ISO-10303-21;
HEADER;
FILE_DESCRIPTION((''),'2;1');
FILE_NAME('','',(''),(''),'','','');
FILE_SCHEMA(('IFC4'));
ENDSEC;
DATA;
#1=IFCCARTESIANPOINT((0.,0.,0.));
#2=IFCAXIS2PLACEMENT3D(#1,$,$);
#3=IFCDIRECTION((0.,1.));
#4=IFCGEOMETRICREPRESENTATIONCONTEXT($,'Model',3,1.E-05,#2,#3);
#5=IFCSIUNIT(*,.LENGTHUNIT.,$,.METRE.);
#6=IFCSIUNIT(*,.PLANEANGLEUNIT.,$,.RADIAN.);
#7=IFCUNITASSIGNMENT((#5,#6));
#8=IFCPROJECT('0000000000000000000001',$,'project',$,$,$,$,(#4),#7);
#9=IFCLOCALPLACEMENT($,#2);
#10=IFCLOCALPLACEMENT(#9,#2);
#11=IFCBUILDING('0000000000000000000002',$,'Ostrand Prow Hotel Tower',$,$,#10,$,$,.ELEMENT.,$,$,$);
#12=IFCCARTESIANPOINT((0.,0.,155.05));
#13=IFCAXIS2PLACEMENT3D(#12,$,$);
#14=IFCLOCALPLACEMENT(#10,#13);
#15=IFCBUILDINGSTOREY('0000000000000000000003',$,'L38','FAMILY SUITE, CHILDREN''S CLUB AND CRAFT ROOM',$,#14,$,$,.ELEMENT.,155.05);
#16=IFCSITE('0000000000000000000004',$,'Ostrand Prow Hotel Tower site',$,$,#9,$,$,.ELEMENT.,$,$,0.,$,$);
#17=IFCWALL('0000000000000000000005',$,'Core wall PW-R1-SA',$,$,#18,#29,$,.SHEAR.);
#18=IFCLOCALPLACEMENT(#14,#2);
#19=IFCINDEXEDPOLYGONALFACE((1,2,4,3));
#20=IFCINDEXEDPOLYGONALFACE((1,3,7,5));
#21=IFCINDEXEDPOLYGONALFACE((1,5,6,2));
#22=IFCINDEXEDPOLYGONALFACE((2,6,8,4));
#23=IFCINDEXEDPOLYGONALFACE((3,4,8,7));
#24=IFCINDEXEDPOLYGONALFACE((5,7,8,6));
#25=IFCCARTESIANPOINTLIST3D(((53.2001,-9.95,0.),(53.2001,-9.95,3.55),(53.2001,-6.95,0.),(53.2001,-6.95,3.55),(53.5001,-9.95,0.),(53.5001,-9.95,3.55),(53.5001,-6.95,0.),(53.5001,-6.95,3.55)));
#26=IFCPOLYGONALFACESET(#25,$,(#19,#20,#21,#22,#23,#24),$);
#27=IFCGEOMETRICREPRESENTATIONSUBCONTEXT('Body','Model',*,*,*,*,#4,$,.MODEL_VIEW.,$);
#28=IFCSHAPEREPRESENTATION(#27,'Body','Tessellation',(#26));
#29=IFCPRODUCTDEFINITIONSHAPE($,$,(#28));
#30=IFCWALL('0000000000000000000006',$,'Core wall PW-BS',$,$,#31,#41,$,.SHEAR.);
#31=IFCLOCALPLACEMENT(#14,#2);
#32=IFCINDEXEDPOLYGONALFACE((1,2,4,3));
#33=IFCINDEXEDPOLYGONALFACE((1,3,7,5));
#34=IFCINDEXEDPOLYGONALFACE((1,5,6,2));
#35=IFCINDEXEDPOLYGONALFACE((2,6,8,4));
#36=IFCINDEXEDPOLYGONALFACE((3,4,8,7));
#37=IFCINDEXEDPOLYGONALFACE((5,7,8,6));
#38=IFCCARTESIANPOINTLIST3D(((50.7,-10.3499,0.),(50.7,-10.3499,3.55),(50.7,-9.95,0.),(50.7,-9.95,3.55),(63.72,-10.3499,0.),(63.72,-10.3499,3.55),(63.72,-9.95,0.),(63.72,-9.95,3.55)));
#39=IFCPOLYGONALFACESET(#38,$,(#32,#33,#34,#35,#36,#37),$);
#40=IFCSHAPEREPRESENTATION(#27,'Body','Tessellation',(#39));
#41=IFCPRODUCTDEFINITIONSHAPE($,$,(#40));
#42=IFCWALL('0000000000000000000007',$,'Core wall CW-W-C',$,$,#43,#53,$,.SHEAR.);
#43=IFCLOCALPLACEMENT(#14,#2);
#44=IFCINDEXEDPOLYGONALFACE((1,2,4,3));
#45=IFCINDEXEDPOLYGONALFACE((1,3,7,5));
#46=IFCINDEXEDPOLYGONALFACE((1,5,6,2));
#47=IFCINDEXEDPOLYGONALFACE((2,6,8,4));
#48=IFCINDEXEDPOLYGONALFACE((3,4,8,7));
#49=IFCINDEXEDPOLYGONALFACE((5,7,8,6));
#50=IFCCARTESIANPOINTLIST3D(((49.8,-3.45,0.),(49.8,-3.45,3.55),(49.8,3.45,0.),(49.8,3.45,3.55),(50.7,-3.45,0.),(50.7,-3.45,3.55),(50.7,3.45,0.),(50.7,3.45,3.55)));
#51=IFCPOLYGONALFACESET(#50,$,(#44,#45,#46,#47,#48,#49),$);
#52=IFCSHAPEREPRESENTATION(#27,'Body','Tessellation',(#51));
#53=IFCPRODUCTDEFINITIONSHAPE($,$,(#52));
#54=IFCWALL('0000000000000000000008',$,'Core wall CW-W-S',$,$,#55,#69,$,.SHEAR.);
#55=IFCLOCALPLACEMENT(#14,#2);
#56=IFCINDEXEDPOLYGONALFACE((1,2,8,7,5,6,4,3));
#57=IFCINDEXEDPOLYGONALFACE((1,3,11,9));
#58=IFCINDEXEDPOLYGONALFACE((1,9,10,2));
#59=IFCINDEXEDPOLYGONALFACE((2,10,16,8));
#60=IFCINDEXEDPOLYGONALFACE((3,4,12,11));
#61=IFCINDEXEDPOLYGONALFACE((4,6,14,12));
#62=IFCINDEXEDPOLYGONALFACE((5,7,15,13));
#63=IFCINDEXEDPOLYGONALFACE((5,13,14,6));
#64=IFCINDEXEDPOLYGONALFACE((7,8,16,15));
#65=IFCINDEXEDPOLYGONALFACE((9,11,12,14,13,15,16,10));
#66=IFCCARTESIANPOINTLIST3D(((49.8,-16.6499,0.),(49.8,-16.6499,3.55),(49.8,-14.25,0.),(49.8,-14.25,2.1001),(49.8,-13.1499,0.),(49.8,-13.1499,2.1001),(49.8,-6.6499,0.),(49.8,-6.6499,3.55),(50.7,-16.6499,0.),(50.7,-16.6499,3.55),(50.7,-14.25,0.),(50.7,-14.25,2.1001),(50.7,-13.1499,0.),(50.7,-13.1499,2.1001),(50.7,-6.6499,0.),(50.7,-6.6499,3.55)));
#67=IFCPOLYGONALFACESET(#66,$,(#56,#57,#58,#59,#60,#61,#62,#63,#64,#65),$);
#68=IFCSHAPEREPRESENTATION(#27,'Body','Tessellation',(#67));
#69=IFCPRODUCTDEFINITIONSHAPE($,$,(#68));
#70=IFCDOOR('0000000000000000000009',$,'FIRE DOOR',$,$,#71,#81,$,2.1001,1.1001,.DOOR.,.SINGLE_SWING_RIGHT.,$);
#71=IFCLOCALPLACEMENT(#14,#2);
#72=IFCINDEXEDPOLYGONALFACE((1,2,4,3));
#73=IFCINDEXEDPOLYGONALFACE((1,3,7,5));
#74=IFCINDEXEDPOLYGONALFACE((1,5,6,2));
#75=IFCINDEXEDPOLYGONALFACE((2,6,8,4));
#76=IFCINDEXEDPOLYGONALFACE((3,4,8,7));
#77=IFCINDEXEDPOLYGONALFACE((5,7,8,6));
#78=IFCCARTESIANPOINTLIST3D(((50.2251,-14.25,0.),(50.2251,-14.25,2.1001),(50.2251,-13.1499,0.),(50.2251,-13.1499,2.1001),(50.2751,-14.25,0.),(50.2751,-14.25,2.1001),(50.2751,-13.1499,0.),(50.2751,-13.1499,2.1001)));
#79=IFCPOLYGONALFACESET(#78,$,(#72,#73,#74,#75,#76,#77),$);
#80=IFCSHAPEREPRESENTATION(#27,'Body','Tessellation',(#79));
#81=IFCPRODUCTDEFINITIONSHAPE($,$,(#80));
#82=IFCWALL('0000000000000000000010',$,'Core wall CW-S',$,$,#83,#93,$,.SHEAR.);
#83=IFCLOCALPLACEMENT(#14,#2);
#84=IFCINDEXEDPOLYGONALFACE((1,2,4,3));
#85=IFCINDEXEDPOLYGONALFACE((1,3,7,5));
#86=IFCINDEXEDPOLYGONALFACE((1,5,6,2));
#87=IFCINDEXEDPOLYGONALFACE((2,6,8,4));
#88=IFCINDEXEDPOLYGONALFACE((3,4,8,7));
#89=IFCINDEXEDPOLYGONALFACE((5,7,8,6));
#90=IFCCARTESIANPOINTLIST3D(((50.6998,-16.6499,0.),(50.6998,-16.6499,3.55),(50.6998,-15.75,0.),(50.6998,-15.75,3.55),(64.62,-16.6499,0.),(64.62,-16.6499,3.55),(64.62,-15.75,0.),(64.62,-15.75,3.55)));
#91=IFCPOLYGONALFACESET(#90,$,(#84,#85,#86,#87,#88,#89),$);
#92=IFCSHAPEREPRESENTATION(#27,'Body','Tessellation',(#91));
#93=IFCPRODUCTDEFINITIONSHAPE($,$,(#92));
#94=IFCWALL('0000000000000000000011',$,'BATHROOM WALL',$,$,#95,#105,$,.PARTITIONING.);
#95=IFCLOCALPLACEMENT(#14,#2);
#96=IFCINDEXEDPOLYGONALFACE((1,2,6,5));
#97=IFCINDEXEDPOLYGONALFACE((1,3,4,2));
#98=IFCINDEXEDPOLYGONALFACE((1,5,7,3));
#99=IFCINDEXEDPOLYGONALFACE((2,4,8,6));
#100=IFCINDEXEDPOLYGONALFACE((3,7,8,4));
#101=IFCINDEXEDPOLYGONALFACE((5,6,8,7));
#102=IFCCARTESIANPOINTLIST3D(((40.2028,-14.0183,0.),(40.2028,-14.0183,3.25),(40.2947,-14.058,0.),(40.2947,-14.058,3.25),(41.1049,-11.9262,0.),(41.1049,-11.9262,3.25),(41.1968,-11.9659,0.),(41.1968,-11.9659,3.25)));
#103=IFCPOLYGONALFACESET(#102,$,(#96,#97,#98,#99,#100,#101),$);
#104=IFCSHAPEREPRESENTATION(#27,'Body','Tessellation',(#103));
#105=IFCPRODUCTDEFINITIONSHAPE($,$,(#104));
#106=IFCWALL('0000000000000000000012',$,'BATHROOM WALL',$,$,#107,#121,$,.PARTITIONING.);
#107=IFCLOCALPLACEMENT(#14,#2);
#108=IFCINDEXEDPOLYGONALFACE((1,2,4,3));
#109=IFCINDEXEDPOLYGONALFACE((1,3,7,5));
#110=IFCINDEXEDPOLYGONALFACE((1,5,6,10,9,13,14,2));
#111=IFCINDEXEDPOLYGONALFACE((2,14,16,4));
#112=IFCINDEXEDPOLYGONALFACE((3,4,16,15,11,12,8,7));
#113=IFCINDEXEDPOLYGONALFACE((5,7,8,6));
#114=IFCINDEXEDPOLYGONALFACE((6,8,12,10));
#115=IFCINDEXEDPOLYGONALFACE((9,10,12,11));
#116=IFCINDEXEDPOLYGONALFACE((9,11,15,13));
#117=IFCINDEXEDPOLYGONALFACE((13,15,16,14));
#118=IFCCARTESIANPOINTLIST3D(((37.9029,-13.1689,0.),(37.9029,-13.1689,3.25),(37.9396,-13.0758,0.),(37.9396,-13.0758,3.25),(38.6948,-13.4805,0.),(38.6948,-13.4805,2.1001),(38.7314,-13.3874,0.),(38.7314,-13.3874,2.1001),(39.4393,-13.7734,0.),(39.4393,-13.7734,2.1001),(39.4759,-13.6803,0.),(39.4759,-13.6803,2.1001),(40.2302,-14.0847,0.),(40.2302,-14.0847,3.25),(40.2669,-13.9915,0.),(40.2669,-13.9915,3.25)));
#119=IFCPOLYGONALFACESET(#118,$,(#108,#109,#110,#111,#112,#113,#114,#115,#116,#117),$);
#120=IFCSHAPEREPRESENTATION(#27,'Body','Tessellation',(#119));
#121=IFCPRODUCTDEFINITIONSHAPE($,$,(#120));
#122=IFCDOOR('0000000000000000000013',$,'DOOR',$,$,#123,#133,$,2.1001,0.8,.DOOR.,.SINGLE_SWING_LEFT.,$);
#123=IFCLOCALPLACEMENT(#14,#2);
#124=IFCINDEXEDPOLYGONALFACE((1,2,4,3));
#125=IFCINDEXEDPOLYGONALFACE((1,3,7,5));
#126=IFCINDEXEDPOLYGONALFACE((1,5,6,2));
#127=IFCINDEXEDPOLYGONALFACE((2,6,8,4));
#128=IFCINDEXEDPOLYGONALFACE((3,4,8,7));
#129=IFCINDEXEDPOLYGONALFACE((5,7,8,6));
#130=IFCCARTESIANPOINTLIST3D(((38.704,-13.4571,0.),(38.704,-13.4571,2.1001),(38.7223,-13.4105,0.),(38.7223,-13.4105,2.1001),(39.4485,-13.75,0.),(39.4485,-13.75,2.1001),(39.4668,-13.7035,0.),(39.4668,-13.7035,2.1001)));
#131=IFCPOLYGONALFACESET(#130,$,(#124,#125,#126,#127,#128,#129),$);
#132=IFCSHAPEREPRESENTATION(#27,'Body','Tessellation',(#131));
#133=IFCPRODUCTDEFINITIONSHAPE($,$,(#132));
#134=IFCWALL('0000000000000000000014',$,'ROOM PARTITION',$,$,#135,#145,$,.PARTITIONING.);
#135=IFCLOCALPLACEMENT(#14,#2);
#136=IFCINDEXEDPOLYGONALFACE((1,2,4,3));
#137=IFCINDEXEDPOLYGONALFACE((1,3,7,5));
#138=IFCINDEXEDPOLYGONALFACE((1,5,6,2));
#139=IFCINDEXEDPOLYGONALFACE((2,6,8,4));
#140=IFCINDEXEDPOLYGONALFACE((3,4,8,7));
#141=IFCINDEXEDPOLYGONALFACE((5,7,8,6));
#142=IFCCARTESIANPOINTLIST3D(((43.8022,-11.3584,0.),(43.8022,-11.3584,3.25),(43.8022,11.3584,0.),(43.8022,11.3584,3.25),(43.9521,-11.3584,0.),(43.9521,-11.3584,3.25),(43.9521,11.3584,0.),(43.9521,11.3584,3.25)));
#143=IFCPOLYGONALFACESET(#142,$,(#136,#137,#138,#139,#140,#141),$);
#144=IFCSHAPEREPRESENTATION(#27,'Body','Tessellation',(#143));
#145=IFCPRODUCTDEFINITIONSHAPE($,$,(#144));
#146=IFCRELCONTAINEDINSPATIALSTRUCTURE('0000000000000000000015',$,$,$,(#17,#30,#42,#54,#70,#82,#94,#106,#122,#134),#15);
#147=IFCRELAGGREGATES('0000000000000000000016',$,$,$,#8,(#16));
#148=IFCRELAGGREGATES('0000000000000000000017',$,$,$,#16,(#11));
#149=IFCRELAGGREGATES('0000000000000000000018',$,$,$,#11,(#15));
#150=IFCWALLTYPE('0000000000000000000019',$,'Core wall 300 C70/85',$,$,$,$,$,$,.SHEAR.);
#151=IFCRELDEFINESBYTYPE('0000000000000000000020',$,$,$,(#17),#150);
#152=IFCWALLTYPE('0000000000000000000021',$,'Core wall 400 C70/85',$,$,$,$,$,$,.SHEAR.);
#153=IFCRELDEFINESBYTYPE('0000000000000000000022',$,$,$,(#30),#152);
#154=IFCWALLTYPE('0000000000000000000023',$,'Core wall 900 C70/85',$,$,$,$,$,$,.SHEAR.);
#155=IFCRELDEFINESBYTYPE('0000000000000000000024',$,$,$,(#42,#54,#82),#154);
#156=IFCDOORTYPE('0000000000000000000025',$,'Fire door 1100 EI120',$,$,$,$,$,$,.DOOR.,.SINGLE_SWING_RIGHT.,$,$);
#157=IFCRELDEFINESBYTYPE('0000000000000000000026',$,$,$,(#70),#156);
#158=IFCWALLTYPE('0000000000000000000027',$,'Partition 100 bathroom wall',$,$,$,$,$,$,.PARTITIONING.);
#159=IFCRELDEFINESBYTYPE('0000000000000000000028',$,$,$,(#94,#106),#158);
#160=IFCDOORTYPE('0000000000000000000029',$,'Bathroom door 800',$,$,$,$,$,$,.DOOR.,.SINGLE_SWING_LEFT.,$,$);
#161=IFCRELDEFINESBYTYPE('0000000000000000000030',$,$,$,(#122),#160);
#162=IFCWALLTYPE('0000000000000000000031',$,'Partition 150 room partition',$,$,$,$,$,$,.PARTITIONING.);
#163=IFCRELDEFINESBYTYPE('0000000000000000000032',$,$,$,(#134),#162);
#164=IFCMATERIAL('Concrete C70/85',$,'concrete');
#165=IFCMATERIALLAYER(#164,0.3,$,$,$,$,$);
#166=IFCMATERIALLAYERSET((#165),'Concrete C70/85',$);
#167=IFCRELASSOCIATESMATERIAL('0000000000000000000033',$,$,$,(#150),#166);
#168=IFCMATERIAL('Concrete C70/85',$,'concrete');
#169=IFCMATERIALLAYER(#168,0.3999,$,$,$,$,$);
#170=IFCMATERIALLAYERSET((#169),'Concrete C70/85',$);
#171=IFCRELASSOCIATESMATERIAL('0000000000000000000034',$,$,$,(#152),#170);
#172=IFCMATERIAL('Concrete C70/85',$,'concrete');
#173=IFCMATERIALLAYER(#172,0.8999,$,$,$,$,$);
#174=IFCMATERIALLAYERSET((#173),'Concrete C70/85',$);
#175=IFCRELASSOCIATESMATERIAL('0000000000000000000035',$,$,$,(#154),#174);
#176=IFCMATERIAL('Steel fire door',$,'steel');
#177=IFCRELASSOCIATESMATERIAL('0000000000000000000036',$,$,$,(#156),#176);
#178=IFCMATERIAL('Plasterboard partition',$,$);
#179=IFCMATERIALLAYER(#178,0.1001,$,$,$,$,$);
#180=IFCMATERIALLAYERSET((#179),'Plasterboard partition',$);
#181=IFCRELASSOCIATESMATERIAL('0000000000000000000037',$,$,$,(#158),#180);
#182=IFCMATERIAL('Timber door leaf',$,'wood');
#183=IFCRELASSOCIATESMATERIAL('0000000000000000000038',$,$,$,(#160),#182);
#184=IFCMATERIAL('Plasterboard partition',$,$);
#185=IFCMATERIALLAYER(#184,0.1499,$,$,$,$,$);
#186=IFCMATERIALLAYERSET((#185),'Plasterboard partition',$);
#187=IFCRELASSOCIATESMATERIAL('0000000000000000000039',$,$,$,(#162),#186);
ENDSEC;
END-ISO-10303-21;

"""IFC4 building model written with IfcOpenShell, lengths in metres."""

from ifc_helpers import new_model, si_unit, direction, frame, frame_2d, origin, place, context, subcontext, project, spatial, rectangle, extrude, material, layer, layer_set, type_object, element, fill, save


model = new_model("IFC4")

# Units and contexts
model_context = context("Model", 3, precision=1e-05, world=origin(), true_north=direction((0.0, 1.0)))
body_context = subcontext(model_context, "Body", "Model", "MODEL_VIEW")
ifc_project = project(units=[si_unit("LENGTHUNIT", "METRE"), si_unit("PLANEANGLEUNIT", "RADIAN")], contexts=[model_context])

# Site, building, storey
site_placement = place(None, origin())
site = spatial("IfcSite", under=ifc_project, at=site_placement, Name="Ostrand Prow Hotel Tower site", CompositionType="ELEMENT", RefElevation=0.0)
building_placement = place(site_placement, origin())
building = spatial("IfcBuilding", under=site, at=building_placement, Name="Ostrand Prow Hotel Tower", CompositionType="ELEMENT")
storey_placement = place(building_placement, frame((0.0, 0.0, 155.05)))
storey = spatial("IfcBuildingStorey", under=building, at=storey_placement, Name="L38", Description="FAMILY SUITE, CHILDREN'S CLUB AND CRAFT ROOM", CompositionType="ELEMENT", Elevation=155.05)

# Shared definitions
ifc_material_1 = material(Name="Concrete C70/85", Category="concrete")
ifc_layer_1 = layer(ifc_material_1, 0.3)
ifc_layer_set_1 = layer_set([ifc_layer_1], Name="Concrete C70/85")
wall_type_1 = type_object("IfcWallType", Name="Core wall 300 C70/85", PredefinedType="SHEAR", material=ifc_layer_set_1)

# Walls
for number, where, z_axis, x_axis, name in (
    (1, (53.3501, -9.95, 0.0), (0.0, 0.0, 1.0), (0.0, 1.0, 0.0), "Core wall PW-R1-SA"),
):
    element("IfcWall", number, at=place(storey_placement, frame(where, z_axis=z_axis, x_axis=x_axis)), inside=storey, type_object=wall_type_1, Name=name, PredefinedType="SHEAR", context=body_context, shape_type="SweptSolid", body=[
        extrude(rectangle(XDim=3.0, YDim=0.3, at=frame_2d((1.5, 0.0))), origin(), (0.0, 0.0, 1.0), 3.55),
    ])
ifc_material_2 = material(Name="Concrete C70/85", Category="concrete")
ifc_layer_2 = layer(ifc_material_2, 0.3999)
ifc_layer_set_2 = layer_set([ifc_layer_2], Name="Concrete C70/85")
wall_type_2 = type_object("IfcWallType", Name="Core wall 400 C70/85", PredefinedType="SHEAR", material=ifc_layer_set_2)
wall_1_placement = place(storey_placement, frame((50.7, -10.1499, 0.0), z_axis=(0.0, 0.0, 1.0), x_axis=(1.0, 0.0, 0.0)))
element("IfcWall", 2, at=wall_1_placement, inside=storey, type_object=wall_type_2, Name="Core wall PW-BS", PredefinedType="SHEAR", context=body_context, shape_type="SweptSolid", body=[
    extrude(rectangle(XDim=13.02, YDim=0.3999, at=frame_2d((6.51, 0.0))), origin(), (0.0, 0.0, 1.0), 3.55),
])
ifc_material_3 = material(Name="Concrete C70/85", Category="concrete")
ifc_layer_3 = layer(ifc_material_3, 0.8999)
ifc_layer_set_3 = layer_set([ifc_layer_3], Name="Concrete C70/85")
wall_type_3 = type_object("IfcWallType", Name="Core wall 900 C70/85", PredefinedType="SHEAR", material=ifc_layer_set_3)
wall_2_placement = place(storey_placement, frame((50.25, -3.45, 0.0), z_axis=(0.0, 0.0, 1.0), x_axis=(0.0, 1.0, 0.0)))
element("IfcWall", 3, at=wall_2_placement, inside=storey, type_object=wall_type_3, Name="Core wall CW-W-C", PredefinedType="SHEAR", context=body_context, shape_type="SweptSolid", body=[
    extrude(rectangle(XDim=6.8999, YDim=0.8999, at=frame_2d((3.45, 0.0))), origin(), (0.0, 0.0, 1.0), 3.55),
])

# Wall, opening, door
wall_3_placement = place(storey_placement, frame((50.25, -16.6499, 0.0), z_axis=(0.0, 0.0, 1.0), x_axis=(0.0, 1.0, 0.0)))
wall_3 = element("IfcWall", 4, at=wall_3_placement, inside=storey, type_object=wall_type_3, Name="Core wall CW-W-S", PredefinedType="SHEAR", context=body_context, shape_type="SweptSolid", body=[
    extrude(rectangle(XDim=10.0, YDim=0.8999, at=frame_2d((5.0, 0.0))), origin(), (0.0, 0.0, 1.0), 3.55),
])
opening_1_placement = place(wall_3_placement, frame((2.3999, 0.0, 0.0)))
opening_1 = element("IfcOpeningElement", 5, at=opening_1_placement, cuts=wall_3, PredefinedType="OPENING", context=body_context, shape_type="SweptSolid", body=[
    extrude(rectangle(XDim=1.1001, YDim=2.1001, at=frame_2d((0.55, 1.05))), frame((0.0, 0.46, 0.0), z_axis=(0.0, -1.0, 0.0), x_axis=(1.0, 0.0, 0.0)), (0.0, 0.0, 1.0), 0.9199),
])
ifc_material_4 = material(Name="Steel fire door", Category="steel")
door_type_1 = type_object("IfcDoorType", Name="Fire door 1100 EI120", OperationType="SINGLE_SWING_RIGHT", PredefinedType="DOOR", material=ifc_material_4)
door_1_placement = place(opening_1_placement, origin())
door_1 = element("IfcDoor", 6, at=door_1_placement, inside=storey, type_object=door_type_1, Name="FIRE DOOR", OperationType="SINGLE_SWING_RIGHT", OverallHeight=2.1001, OverallWidth=1.1001, PredefinedType="DOOR", context=body_context, shape_type="SweptSolid", body=[
    extrude(rectangle(XDim=1.1001, YDim=2.1001, at=frame_2d((0.55, 1.05))), frame((0.0, 0.0249, 0.0), z_axis=(0.0, -1.0, 0.0), x_axis=(1.0, 0.0, 0.0)), (0.0, 0.0, 1.0), 0.05),
])
fill(opening_1, door_1)

# Walls
wall_4_placement = place(storey_placement, frame((50.7, -16.2, 0.0), z_axis=(0.0, 0.0, 1.0), x_axis=(1.0, 0.0, 0.0)))
element("IfcWall", 7, at=wall_4_placement, inside=storey, type_object=wall_type_3, Name="Core wall CW-S", PredefinedType="SHEAR", context=body_context, shape_type="SweptSolid", body=[
    extrude(rectangle(XDim=13.9202, YDim=0.8999, at=frame_2d((6.96, 0.0))), origin(), (0.0, 0.0, 1.0), 3.55),
])
ifc_material_5 = material(Name="Plasterboard partition")
ifc_layer_4 = layer(ifc_material_5, 0.1001)
ifc_layer_set_4 = layer_set([ifc_layer_4], Name="Plasterboard partition")
wall_type_4 = type_object("IfcWallType", Name="Partition 100 bathroom wall", PredefinedType="PARTITIONING", material=ifc_layer_set_4)
wall_5_placement = place(storey_placement, frame((41.1509, -11.946, 0.0), z_axis=(0.0, 0.0, 1.0), x_axis=(-0.395962, -0.918267, 0.0)))
element("IfcWall", 8, at=wall_5_placement, inside=storey, type_object=wall_type_4, Name="BATHROOM WALL", PredefinedType="PARTITIONING", context=body_context, shape_type="SweptSolid", body=[
    extrude(rectangle(XDim=2.2783, YDim=0.1001, at=frame_2d((1.1392, 0.0))), origin(), (0.0, 0.0, 1.0), 3.25),
])

# Wall, opening, door
wall_6_placement = place(storey_placement, frame((40.2485, -14.0381, 0.0), z_axis=(0.0, 0.0, 1.0), x_axis=(-0.930556, 0.366151, 0.0)))
wall_6 = element("IfcWall", 9, at=wall_6_placement, inside=storey, type_object=wall_type_4, Name="BATHROOM WALL", PredefinedType="PARTITIONING", context=body_context, shape_type="SweptSolid", body=[
    extrude(rectangle(XDim=2.501, YDim=0.1001, at=frame_2d((1.2505, 0.0))), origin(), (0.0, 0.0, 1.0), 3.25),
])
opening_2_placement = place(wall_6_placement, frame((0.8501, 0.0, 0.0)))
opening_2 = element("IfcOpeningElement", 10, at=opening_2_placement, cuts=wall_6, PredefinedType="OPENING", context=body_context, shape_type="SweptSolid", body=[
    extrude(rectangle(XDim=0.8, YDim=2.1001, at=frame_2d((0.3999, 1.05))), frame((0.0, 0.0601, 0.0), z_axis=(0.0, -1.0, 0.0), x_axis=(1.0, 0.0, 0.0)), (0.0, 0.0, 1.0), 0.1201),
])
ifc_material_6 = material(Name="Timber door leaf", Category="wood")
door_type_2 = type_object("IfcDoorType", Name="Bathroom door 800", OperationType="SINGLE_SWING_LEFT", PredefinedType="DOOR", material=ifc_material_6)
door_2_placement = place(opening_2_placement, origin())
door_2 = element("IfcDoor", 11, at=door_2_placement, inside=storey, type_object=door_type_2, Name="DOOR", OperationType="SINGLE_SWING_LEFT", OverallHeight=2.1001, OverallWidth=0.8, PredefinedType="DOOR", context=body_context, shape_type="SweptSolid", body=[
    extrude(rectangle(XDim=0.8, YDim=2.1001, at=frame_2d((0.3999, 1.05))), frame((0.0, 0.0249, 0.0), z_axis=(0.0, -1.0, 0.0), x_axis=(1.0, 0.0, 0.0)), (0.0, 0.0, 1.0), 0.05),
])
fill(opening_2, door_2)

# Wall
ifc_material_7 = material(Name="Plasterboard partition")
ifc_layer_5 = layer(ifc_material_7, 0.1499)
ifc_layer_set_5 = layer_set([ifc_layer_5], Name="Plasterboard partition")
wall_type_5 = type_object("IfcWallType", Name="Partition 150 room partition", PredefinedType="PARTITIONING", material=ifc_layer_set_5)
wall_7_placement = place(storey_placement, frame((43.8772, -11.3584, 0.0), z_axis=(0.0, 0.0, 1.0), x_axis=(0.0, 1.0, 0.0)))
element("IfcWall", 12, at=wall_7_placement, inside=storey, type_object=wall_type_5, Name="ROOM PARTITION", PredefinedType="PARTITIONING", context=body_context, shape_type="SweptSolid", body=[
    extrude(rectangle(XDim=22.7168, YDim=0.1499, at=frame_2d((11.3584, 0.0))), origin(), (0.0, 0.0, 1.0), 3.25),
])

save(model, "model.ifc")
